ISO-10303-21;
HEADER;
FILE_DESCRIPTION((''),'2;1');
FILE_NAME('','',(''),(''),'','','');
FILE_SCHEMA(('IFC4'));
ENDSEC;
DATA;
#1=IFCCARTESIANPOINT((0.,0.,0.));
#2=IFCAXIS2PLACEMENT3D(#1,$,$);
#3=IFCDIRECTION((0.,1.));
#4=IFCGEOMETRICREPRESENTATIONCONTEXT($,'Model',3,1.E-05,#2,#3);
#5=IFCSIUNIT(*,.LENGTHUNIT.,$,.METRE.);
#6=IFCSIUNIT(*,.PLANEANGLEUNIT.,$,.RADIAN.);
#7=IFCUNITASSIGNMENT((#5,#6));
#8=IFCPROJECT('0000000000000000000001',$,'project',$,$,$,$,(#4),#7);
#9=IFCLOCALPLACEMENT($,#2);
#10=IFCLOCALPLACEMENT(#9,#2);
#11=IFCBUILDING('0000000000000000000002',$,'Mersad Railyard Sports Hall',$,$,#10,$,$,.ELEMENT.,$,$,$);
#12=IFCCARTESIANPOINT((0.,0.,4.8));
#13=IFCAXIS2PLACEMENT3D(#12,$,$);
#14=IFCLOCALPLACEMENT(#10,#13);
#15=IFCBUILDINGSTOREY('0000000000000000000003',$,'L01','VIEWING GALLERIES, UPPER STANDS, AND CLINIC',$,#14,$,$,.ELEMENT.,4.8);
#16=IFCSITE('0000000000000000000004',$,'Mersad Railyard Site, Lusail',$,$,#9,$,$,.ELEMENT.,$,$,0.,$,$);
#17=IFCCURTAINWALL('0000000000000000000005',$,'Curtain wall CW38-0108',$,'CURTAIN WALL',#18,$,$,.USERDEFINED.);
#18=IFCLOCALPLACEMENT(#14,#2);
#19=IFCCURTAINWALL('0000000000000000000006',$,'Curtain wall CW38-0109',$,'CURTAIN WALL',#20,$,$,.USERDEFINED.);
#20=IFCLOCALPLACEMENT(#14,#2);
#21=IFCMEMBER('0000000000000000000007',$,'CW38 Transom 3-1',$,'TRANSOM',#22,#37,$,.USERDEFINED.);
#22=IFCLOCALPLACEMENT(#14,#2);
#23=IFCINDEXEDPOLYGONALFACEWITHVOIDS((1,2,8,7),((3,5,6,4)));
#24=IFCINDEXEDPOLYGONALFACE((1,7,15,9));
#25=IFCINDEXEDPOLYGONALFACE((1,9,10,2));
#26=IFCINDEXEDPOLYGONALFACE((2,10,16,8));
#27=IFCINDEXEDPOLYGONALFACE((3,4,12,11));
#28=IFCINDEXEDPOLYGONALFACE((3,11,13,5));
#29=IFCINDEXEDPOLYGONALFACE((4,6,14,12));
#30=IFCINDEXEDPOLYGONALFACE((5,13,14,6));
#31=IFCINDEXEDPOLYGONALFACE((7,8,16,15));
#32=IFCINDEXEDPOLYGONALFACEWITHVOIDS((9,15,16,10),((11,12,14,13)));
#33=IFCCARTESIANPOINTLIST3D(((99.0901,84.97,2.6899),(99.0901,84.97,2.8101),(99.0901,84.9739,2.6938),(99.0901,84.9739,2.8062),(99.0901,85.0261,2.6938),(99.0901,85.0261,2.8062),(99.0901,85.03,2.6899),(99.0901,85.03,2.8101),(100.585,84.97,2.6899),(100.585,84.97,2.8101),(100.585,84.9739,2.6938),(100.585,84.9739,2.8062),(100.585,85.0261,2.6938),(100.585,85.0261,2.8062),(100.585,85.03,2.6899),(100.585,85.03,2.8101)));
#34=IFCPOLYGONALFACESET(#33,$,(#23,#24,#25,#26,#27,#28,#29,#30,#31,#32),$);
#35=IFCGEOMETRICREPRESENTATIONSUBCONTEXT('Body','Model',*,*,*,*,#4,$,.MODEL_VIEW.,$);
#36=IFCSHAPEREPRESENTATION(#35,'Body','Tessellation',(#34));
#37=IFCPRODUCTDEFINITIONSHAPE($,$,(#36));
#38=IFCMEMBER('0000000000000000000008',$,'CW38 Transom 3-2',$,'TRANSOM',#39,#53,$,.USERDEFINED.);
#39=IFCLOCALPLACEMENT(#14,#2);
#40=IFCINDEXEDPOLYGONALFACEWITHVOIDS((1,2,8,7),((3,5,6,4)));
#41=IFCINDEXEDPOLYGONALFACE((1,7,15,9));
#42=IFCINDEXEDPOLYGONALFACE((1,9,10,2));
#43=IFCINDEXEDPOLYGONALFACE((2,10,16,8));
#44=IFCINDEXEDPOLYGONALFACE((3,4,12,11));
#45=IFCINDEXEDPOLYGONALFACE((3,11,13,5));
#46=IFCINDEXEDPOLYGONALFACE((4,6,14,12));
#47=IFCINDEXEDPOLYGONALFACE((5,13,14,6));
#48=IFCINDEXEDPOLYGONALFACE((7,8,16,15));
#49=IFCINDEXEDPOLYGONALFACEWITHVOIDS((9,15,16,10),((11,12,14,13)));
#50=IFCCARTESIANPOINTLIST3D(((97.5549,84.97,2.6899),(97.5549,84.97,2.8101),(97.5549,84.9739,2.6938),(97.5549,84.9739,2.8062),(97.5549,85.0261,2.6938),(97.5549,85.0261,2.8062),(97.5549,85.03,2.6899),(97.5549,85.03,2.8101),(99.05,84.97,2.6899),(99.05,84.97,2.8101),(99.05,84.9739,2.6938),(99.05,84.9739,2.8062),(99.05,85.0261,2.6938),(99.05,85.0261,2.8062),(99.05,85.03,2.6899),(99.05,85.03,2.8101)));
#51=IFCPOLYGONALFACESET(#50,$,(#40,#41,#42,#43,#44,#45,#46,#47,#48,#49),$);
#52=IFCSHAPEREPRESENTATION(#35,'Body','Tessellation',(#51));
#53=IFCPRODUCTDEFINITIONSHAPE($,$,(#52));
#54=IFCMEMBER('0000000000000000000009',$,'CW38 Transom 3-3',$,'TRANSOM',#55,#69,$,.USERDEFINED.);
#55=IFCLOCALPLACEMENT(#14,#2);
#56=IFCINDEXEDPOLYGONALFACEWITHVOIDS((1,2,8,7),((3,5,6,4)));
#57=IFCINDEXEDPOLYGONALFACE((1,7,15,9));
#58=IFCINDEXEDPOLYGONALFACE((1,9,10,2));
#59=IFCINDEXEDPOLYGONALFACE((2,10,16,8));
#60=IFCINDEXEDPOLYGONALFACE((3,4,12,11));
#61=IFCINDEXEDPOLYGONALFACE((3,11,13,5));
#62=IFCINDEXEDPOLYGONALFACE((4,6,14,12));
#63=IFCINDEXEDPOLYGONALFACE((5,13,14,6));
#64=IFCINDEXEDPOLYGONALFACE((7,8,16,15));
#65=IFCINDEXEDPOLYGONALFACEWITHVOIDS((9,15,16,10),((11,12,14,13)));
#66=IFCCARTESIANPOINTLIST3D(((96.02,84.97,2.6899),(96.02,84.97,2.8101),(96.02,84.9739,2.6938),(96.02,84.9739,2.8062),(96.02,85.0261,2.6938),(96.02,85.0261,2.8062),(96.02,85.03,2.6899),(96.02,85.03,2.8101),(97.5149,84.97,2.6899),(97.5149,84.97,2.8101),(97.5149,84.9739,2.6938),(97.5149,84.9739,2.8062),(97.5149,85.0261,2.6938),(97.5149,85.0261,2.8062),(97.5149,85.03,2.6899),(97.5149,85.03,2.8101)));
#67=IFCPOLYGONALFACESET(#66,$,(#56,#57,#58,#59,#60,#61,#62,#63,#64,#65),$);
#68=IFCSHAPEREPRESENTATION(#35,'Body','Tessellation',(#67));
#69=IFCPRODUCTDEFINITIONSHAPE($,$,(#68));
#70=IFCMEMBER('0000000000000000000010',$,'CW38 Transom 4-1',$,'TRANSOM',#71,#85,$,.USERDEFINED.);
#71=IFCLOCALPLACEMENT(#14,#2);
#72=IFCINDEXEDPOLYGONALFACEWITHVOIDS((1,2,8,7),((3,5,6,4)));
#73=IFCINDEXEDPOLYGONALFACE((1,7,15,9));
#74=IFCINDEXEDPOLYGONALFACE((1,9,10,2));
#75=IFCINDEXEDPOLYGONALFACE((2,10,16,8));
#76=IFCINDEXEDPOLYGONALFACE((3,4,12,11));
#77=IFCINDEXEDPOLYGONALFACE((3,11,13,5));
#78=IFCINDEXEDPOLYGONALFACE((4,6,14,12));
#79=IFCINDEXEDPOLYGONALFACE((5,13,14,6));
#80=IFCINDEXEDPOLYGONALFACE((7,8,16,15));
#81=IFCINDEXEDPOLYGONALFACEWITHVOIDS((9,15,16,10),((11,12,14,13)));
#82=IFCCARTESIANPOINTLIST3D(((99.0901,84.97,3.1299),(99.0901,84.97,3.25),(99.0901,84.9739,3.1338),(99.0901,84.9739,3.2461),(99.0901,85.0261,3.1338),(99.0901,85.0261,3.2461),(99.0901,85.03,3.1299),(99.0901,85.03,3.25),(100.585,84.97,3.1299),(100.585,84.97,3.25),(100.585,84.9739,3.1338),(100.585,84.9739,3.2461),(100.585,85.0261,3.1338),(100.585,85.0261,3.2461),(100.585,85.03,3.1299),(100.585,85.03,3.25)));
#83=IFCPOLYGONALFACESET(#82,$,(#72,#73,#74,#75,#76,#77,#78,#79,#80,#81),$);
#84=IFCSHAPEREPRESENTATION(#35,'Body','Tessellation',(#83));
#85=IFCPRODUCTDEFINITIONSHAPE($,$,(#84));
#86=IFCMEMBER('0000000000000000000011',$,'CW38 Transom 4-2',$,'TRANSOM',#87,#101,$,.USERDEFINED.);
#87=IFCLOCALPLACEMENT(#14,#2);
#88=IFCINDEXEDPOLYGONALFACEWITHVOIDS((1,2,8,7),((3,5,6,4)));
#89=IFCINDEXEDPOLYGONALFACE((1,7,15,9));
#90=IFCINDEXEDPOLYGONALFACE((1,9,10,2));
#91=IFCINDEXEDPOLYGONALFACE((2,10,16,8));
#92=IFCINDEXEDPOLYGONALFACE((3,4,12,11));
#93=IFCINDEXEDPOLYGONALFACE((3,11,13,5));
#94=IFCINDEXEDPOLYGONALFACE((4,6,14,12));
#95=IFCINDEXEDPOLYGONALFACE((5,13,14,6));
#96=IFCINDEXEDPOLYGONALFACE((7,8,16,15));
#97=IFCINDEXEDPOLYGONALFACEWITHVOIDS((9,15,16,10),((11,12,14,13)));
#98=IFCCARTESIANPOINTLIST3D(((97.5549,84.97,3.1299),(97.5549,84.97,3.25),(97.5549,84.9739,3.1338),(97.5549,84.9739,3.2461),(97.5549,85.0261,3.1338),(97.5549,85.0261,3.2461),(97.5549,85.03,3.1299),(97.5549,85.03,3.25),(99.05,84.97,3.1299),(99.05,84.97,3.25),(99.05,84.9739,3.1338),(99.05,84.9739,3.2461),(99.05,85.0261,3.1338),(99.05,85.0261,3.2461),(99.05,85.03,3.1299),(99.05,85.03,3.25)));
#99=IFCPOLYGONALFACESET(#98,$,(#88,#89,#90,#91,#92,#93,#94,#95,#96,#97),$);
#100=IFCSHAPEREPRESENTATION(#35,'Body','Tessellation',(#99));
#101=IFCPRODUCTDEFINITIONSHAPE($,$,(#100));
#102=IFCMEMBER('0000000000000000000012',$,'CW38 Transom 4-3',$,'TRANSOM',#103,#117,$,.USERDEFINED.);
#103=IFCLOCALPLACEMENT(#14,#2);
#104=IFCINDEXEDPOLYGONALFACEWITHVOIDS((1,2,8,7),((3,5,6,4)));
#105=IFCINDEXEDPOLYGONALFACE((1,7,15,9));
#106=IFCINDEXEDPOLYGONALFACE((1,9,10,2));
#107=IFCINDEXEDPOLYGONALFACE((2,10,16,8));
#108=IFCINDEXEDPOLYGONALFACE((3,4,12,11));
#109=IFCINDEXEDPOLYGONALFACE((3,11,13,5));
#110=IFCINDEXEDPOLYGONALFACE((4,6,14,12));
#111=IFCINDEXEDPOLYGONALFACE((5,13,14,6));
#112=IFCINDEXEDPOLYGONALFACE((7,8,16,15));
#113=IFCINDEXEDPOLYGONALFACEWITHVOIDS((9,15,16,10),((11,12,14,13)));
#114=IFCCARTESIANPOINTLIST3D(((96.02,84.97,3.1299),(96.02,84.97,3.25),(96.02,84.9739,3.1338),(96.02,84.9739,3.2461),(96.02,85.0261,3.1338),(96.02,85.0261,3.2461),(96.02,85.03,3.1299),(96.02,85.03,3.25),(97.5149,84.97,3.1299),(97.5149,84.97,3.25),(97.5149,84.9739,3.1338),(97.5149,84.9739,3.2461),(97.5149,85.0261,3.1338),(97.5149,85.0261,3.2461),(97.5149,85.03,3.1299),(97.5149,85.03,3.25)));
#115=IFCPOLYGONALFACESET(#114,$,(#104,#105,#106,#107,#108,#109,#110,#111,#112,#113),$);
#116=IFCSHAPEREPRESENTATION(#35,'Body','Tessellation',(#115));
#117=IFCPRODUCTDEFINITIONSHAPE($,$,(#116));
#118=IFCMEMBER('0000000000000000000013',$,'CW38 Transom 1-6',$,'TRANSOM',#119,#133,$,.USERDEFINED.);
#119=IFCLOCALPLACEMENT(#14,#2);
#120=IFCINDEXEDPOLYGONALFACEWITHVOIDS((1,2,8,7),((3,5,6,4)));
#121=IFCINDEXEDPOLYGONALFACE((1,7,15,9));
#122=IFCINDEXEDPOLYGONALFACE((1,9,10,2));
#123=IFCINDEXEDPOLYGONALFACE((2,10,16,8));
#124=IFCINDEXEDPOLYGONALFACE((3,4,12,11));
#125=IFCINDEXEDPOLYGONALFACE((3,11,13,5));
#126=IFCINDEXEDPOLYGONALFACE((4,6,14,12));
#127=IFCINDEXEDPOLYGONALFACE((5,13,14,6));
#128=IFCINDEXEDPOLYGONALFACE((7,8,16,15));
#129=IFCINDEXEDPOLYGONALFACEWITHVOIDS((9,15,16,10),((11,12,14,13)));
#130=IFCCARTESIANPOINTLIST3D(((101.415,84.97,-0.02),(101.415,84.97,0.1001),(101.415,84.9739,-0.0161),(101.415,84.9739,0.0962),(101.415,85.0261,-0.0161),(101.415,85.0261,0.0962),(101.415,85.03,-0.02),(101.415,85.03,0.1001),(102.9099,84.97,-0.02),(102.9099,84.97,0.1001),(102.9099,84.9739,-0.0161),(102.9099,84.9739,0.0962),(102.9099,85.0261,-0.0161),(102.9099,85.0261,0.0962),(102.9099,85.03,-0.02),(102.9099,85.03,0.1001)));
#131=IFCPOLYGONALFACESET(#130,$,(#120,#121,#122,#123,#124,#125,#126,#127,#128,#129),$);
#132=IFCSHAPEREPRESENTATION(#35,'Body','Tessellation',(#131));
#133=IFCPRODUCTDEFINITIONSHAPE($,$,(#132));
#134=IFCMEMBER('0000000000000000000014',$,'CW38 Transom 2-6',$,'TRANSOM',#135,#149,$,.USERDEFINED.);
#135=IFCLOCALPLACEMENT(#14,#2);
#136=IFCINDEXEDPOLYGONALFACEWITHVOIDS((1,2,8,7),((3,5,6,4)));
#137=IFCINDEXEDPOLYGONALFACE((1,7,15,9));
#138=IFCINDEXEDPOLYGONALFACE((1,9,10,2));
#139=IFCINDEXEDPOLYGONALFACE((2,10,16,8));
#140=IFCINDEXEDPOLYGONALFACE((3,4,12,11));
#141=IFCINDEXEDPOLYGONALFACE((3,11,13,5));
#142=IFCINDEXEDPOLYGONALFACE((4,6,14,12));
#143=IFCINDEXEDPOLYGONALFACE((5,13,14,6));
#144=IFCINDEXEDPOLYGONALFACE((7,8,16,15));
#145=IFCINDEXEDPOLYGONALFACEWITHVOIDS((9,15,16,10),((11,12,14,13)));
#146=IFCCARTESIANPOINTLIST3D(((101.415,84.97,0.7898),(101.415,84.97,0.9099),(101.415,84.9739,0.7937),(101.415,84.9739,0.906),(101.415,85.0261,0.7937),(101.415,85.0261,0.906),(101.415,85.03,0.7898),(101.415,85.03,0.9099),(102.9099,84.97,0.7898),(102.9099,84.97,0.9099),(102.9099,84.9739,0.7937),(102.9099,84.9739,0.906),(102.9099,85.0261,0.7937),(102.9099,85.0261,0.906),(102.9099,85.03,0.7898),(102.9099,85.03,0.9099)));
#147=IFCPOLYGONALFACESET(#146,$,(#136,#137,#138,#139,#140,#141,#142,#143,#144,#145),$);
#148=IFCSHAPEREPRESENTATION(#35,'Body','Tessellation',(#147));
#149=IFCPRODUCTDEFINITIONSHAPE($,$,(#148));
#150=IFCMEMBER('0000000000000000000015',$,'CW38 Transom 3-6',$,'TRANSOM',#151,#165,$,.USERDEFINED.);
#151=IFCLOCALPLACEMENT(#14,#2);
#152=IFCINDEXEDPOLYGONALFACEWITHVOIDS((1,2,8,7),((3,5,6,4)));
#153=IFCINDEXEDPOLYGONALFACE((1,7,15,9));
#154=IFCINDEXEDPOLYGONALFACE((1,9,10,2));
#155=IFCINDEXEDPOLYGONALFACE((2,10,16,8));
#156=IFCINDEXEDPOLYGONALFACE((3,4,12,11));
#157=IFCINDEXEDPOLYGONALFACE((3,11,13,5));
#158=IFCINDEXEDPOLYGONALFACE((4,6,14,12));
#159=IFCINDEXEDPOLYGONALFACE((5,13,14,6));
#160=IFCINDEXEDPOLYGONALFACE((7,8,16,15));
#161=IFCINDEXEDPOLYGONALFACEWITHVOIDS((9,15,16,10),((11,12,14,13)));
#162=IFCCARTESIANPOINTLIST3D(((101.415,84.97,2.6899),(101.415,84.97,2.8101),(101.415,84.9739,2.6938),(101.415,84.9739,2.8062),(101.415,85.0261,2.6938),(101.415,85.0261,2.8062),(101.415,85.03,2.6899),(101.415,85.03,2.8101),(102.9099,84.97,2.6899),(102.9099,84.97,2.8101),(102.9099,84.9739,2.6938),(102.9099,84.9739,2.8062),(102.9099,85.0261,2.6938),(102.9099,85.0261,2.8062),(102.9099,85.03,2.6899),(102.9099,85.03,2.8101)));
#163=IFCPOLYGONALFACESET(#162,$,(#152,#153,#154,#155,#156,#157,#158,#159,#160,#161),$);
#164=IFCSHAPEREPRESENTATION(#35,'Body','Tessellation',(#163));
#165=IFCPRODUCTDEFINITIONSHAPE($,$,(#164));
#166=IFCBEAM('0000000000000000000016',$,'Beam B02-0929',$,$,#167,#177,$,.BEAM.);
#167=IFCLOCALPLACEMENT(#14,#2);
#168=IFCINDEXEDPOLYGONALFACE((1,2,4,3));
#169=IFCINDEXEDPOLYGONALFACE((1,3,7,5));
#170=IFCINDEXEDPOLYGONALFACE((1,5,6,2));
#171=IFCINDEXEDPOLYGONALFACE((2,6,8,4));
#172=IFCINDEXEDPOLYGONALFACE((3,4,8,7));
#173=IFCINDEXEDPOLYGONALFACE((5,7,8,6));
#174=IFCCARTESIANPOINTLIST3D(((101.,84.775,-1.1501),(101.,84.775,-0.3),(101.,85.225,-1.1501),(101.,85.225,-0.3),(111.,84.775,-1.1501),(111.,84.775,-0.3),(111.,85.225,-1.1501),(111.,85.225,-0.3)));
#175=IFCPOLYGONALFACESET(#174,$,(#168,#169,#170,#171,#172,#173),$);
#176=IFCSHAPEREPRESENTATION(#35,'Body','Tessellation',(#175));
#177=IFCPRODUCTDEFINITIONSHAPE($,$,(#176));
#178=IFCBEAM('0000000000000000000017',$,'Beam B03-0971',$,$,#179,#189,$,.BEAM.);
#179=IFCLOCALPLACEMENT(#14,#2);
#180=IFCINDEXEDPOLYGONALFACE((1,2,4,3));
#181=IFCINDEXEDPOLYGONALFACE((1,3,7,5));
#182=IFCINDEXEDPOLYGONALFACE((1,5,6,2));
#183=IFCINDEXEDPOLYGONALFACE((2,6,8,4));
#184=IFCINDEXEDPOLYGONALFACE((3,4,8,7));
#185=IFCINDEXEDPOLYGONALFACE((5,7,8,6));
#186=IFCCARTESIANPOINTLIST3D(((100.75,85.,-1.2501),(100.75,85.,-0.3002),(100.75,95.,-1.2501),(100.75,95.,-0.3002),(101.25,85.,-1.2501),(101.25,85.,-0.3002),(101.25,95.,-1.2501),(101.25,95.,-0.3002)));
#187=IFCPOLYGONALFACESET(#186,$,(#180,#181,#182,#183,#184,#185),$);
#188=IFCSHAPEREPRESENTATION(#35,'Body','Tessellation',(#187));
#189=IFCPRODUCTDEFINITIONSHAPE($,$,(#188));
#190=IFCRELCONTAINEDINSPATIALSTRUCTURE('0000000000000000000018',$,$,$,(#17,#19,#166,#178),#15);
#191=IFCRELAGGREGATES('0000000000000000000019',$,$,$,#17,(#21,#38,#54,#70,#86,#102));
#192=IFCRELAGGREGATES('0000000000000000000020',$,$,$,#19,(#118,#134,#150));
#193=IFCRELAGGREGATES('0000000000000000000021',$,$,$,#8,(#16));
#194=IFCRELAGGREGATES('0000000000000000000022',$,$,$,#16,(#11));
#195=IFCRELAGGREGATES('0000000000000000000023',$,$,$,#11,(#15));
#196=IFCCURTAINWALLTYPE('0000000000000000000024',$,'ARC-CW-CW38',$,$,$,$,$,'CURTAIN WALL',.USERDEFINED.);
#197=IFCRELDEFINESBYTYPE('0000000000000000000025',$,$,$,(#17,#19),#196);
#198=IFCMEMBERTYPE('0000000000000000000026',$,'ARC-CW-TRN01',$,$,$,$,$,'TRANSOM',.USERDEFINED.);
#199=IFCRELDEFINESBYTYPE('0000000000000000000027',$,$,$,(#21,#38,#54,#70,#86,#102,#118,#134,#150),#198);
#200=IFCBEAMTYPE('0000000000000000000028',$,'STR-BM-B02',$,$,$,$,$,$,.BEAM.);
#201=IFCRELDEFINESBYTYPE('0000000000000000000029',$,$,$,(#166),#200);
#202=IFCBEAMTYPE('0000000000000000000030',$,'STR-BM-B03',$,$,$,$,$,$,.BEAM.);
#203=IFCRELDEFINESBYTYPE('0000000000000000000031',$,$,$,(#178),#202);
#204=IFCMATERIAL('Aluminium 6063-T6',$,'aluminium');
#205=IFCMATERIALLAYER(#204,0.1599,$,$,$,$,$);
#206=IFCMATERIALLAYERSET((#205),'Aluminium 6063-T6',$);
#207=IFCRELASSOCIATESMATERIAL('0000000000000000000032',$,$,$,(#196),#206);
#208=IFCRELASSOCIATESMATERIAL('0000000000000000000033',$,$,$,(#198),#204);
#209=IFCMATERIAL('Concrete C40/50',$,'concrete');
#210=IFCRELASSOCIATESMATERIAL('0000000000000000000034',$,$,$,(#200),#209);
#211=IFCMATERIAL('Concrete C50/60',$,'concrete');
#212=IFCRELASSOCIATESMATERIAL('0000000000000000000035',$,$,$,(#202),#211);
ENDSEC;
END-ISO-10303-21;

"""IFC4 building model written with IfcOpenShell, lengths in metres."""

from ifc_helpers import new_model, si_unit, direction, frame, origin, origin_2d, place, context, subcontext, project, spatial, rectangle, hollow_rectangle, extrude, material, layer, layer_set, material_profile, profile_set, type_object, element, aggregate, save


model = new_model("IFC4")

# Units and contexts
model_context = context("Model", 3, precision=1e-05, world=origin(), true_north=direction((0.0, 1.0)))
body_context = subcontext(model_context, "Body", "Model", "MODEL_VIEW")
ifc_project = project(units=[si_unit("LENGTHUNIT", "METRE"), si_unit("PLANEANGLEUNIT", "RADIAN")], contexts=[model_context])

# Site, building, storey
site_placement = place(None, origin())
site = spatial("IfcSite", under=ifc_project, at=site_placement, Name="Mersad Railyard Site, Lusail", CompositionType="ELEMENT", RefElevation=0.0)
building_placement = place(site_placement, origin())
building = spatial("IfcBuilding", under=site, at=building_placement, Name="Mersad Railyard Sports Hall", CompositionType="ELEMENT")
storey_placement = place(building_placement, frame((0.0, 0.0, 4.8)))
storey = spatial("IfcBuildingStorey", under=building, at=storey_placement, Name="L01", Description="VIEWING GALLERIES, UPPER STANDS, AND CLINIC", CompositionType="ELEMENT", Elevation=4.8)

# Shared definitions
ifc_material_1 = material(Name="Concrete C50/60", Category="concrete")

# Curtain wall
ifc_material_2 = material(Name="Aluminium 6063-T6", Category="aluminium")
ifc_layer_1 = layer(ifc_material_2, 0.1599)
ifc_layer_set_1 = layer_set([ifc_layer_1], Name="Aluminium 6063-T6")
curtain_wall_type = type_object("IfcCurtainWallType", Name="ARC-CW-CW38", ElementType="CURTAIN WALL", PredefinedType="USERDEFINED", material=ifc_layer_set_1)
curtain_wall_1_placement = place(storey_placement, origin())
curtain_wall_1 = element("IfcCurtainWall", 1, at=curtain_wall_1_placement, inside=storey, type_object=curtain_wall_type, Name="Curtain wall CW38-0108", ObjectType="CURTAIN WALL", PredefinedType="USERDEFINED")

# Curtain wall
curtain_wall_2_placement = place(storey_placement, origin())
curtain_wall_2 = element("IfcCurtainWall", 2, at=curtain_wall_2_placement, inside=storey, type_object=curtain_wall_type, Name="Curtain wall CW38-0109", ObjectType="CURTAIN WALL", PredefinedType="USERDEFINED")

# Members
ifc_material_profile_1 = material_profile(ifc_material_2, hollow_rectangle(XDim=0.0601, YDim=0.1201, WallThickness=0.0039, at=origin_2d()), Name="AL TRANSOM 60x120x4")
ifc_profile_set_1 = profile_set([ifc_material_profile_1], Name="Aluminium 6063-T6")
member_type_1 = type_object("IfcMemberType", Name="ARC-CW-TRN01", ElementType="TRANSOM", PredefinedType="USERDEFINED", material=ifc_profile_set_1)
member_1_placement = place(storey_placement, frame((100.585, 85.0, 2.75), z_axis=(-1.0, 0.0, 0.0), x_axis=(0.0, -1.0, 0.0)))
member_1 = element("IfcMember", 3, at=member_1_placement, type_object=member_type_1, Name="CW38 Transom 3-1", ObjectType="TRANSOM", PredefinedType="USERDEFINED", context=body_context, shape_type="SweptSolid", body=[
    extrude(hollow_rectangle(XDim=0.0601, YDim=0.1201, WallThickness=0.0039, at=origin_2d()), origin(), (0.0, 0.0, 1.0), 1.4949),
])
member_2_placement = place(storey_placement, frame((99.05, 85.0, 2.75), z_axis=(-1.0, 0.0, 0.0), x_axis=(0.0, -1.0, 0.0)))
member_2 = element("IfcMember", 4, at=member_2_placement, type_object=member_type_1, Name="CW38 Transom 3-2", ObjectType="TRANSOM", PredefinedType="USERDEFINED", context=body_context, shape_type="SweptSolid", body=[
    extrude(hollow_rectangle(XDim=0.0601, YDim=0.1201, WallThickness=0.0039, at=origin_2d()), origin(), (0.0, 0.0, 1.0), 1.4951),
])
member_3_placement = place(storey_placement, frame((97.5149, 85.0, 2.75), z_axis=(-1.0, 0.0, 0.0), x_axis=(0.0, -1.0, 0.0)))
member_3 = element("IfcMember", 5, at=member_3_placement, type_object=member_type_1, Name="CW38 Transom 3-3", ObjectType="TRANSOM", PredefinedType="USERDEFINED", context=body_context, shape_type="SweptSolid", body=[
    extrude(hollow_rectangle(XDim=0.0601, YDim=0.1201, WallThickness=0.0039, at=origin_2d()), origin(), (0.0, 0.0, 1.0), 1.4949),
])
member_4_placement = place(storey_placement, frame((100.585, 85.0, 3.1899), z_axis=(-1.0, 0.0, 0.0), x_axis=(0.0, -1.0, 0.0)))
member_4 = element("IfcMember", 6, at=member_4_placement, type_object=member_type_1, Name="CW38 Transom 4-1", ObjectType="TRANSOM", PredefinedType="USERDEFINED", context=body_context, shape_type="SweptSolid", body=[
    extrude(hollow_rectangle(XDim=0.0601, YDim=0.1201, WallThickness=0.0039, at=origin_2d()), origin(), (0.0, 0.0, 1.0), 1.4949),
])
member_5_placement = place(storey_placement, frame((99.05, 85.0, 3.1899), z_axis=(-1.0, 0.0, 0.0), x_axis=(0.0, -1.0, 0.0)))
member_5 = element("IfcMember", 7, at=member_5_placement, type_object=member_type_1, Name="CW38 Transom 4-2", ObjectType="TRANSOM", PredefinedType="USERDEFINED", context=body_context, shape_type="SweptSolid", body=[
    extrude(hollow_rectangle(XDim=0.0601, YDim=0.1201, WallThickness=0.0039, at=origin_2d()), origin(), (0.0, 0.0, 1.0), 1.4951),
])
member_6_placement = place(storey_placement, frame((97.5149, 85.0, 3.1899), z_axis=(-1.0, 0.0, 0.0), x_axis=(0.0, -1.0, 0.0)))
member_6 = element("IfcMember", 8, at=member_6_placement, type_object=member_type_1, Name="CW38 Transom 4-3", ObjectType="TRANSOM", PredefinedType="USERDEFINED", context=body_context, shape_type="SweptSolid", body=[
    extrude(hollow_rectangle(XDim=0.0601, YDim=0.1201, WallThickness=0.0039, at=origin_2d()), origin(), (0.0, 0.0, 1.0), 1.4949),
])
member_7_placement = place(storey_placement, frame((102.9099, 85.0, 0.04), z_axis=(-1.0, 0.0, 0.0), x_axis=(0.0, -1.0, 0.0)))
member_7 = element("IfcMember", 9, at=member_7_placement, type_object=member_type_1, Name="CW38 Transom 1-6", ObjectType="TRANSOM", PredefinedType="USERDEFINED", context=body_context, shape_type="SweptSolid", body=[
    extrude(hollow_rectangle(XDim=0.0601, YDim=0.1201, WallThickness=0.0039, at=origin_2d()), origin(), (0.0, 0.0, 1.0), 1.4949),
])
member_8_placement = place(storey_placement, frame((102.9099, 85.0, 0.8499), z_axis=(-1.0, 0.0, 0.0), x_axis=(0.0, -1.0, 0.0)))
member_8 = element("IfcMember", 10, at=member_8_placement, type_object=member_type_1, Name="CW38 Transom 2-6", ObjectType="TRANSOM", PredefinedType="USERDEFINED", context=body_context, shape_type="SweptSolid", body=[
    extrude(hollow_rectangle(XDim=0.0601, YDim=0.1201, WallThickness=0.0039, at=origin_2d()), origin(), (0.0, 0.0, 1.0), 1.4949),
])
member_9_placement = place(storey_placement, frame((102.9099, 85.0, 2.75), z_axis=(-1.0, 0.0, 0.0), x_axis=(0.0, -1.0, 0.0)))
member_9 = element("IfcMember", 11, at=member_9_placement, type_object=member_type_1, Name="CW38 Transom 3-6", ObjectType="TRANSOM", PredefinedType="USERDEFINED", context=body_context, shape_type="SweptSolid", body=[
    extrude(hollow_rectangle(XDim=0.0601, YDim=0.1201, WallThickness=0.0039, at=origin_2d()), origin(), (0.0, 0.0, 1.0), 1.4949),
])

# Beams
ifc_material_3 = material(Name="Concrete C40/50", Category="concrete")
ifc_material_profile_2 = material_profile(ifc_material_3, rectangle(XDim=0.45, YDim=0.8501, at=origin_2d()), Name="RC 450x850")
ifc_profile_set_2 = profile_set([ifc_material_profile_2], Name="Concrete C40/50")
beam_type_1 = type_object("IfcBeamType", Name="STR-BM-B02", PredefinedType="BEAM", material=ifc_profile_set_2)
beam_1_placement = place(storey_placement, frame((101.0, 85.0, -0.7251), z_axis=(1.0, 0.0, 0.0), x_axis=(0.0, 1.0, 0.0)))
element("IfcBeam", 12, at=beam_1_placement, inside=storey, type_object=beam_type_1, Name="Beam B02-0929", PredefinedType="BEAM", context=body_context, shape_type="SweptSolid", body=[
    extrude(rectangle(XDim=0.45, YDim=0.8501, at=origin_2d()), origin(), (0.0, 0.0, 1.0), 10.0),
])
ifc_material_profile_3 = material_profile(ifc_material_1, rectangle(XDim=0.5, YDim=0.95, at=origin_2d()), Name="RC 500x950")
ifc_profile_set_3 = profile_set([ifc_material_profile_3], Name="Concrete C50/60")
beam_type_2 = type_object("IfcBeamType", Name="STR-BM-B03", PredefinedType="BEAM", material=ifc_profile_set_3)
beam_2_placement = place(storey_placement, frame((101.0, 85.0, -0.7751), z_axis=(0.0, 1.0, 0.0), x_axis=(-1.0, 0.0, 0.0)))
element("IfcBeam", 13, at=beam_2_placement, inside=storey, type_object=beam_type_2, Name="Beam B03-0971", PredefinedType="BEAM", context=body_context, shape_type="SweptSolid", body=[
    extrude(rectangle(XDim=0.5, YDim=0.95, at=origin_2d()), origin(), (0.0, 0.0, 1.0), 10.0),
])

aggregate(curtain_wall_1, [member_1, member_2, member_3, member_4, member_5, member_6])
aggregate(curtain_wall_2, [member_7, member_8, member_9])

save(model, "model.ifc")
